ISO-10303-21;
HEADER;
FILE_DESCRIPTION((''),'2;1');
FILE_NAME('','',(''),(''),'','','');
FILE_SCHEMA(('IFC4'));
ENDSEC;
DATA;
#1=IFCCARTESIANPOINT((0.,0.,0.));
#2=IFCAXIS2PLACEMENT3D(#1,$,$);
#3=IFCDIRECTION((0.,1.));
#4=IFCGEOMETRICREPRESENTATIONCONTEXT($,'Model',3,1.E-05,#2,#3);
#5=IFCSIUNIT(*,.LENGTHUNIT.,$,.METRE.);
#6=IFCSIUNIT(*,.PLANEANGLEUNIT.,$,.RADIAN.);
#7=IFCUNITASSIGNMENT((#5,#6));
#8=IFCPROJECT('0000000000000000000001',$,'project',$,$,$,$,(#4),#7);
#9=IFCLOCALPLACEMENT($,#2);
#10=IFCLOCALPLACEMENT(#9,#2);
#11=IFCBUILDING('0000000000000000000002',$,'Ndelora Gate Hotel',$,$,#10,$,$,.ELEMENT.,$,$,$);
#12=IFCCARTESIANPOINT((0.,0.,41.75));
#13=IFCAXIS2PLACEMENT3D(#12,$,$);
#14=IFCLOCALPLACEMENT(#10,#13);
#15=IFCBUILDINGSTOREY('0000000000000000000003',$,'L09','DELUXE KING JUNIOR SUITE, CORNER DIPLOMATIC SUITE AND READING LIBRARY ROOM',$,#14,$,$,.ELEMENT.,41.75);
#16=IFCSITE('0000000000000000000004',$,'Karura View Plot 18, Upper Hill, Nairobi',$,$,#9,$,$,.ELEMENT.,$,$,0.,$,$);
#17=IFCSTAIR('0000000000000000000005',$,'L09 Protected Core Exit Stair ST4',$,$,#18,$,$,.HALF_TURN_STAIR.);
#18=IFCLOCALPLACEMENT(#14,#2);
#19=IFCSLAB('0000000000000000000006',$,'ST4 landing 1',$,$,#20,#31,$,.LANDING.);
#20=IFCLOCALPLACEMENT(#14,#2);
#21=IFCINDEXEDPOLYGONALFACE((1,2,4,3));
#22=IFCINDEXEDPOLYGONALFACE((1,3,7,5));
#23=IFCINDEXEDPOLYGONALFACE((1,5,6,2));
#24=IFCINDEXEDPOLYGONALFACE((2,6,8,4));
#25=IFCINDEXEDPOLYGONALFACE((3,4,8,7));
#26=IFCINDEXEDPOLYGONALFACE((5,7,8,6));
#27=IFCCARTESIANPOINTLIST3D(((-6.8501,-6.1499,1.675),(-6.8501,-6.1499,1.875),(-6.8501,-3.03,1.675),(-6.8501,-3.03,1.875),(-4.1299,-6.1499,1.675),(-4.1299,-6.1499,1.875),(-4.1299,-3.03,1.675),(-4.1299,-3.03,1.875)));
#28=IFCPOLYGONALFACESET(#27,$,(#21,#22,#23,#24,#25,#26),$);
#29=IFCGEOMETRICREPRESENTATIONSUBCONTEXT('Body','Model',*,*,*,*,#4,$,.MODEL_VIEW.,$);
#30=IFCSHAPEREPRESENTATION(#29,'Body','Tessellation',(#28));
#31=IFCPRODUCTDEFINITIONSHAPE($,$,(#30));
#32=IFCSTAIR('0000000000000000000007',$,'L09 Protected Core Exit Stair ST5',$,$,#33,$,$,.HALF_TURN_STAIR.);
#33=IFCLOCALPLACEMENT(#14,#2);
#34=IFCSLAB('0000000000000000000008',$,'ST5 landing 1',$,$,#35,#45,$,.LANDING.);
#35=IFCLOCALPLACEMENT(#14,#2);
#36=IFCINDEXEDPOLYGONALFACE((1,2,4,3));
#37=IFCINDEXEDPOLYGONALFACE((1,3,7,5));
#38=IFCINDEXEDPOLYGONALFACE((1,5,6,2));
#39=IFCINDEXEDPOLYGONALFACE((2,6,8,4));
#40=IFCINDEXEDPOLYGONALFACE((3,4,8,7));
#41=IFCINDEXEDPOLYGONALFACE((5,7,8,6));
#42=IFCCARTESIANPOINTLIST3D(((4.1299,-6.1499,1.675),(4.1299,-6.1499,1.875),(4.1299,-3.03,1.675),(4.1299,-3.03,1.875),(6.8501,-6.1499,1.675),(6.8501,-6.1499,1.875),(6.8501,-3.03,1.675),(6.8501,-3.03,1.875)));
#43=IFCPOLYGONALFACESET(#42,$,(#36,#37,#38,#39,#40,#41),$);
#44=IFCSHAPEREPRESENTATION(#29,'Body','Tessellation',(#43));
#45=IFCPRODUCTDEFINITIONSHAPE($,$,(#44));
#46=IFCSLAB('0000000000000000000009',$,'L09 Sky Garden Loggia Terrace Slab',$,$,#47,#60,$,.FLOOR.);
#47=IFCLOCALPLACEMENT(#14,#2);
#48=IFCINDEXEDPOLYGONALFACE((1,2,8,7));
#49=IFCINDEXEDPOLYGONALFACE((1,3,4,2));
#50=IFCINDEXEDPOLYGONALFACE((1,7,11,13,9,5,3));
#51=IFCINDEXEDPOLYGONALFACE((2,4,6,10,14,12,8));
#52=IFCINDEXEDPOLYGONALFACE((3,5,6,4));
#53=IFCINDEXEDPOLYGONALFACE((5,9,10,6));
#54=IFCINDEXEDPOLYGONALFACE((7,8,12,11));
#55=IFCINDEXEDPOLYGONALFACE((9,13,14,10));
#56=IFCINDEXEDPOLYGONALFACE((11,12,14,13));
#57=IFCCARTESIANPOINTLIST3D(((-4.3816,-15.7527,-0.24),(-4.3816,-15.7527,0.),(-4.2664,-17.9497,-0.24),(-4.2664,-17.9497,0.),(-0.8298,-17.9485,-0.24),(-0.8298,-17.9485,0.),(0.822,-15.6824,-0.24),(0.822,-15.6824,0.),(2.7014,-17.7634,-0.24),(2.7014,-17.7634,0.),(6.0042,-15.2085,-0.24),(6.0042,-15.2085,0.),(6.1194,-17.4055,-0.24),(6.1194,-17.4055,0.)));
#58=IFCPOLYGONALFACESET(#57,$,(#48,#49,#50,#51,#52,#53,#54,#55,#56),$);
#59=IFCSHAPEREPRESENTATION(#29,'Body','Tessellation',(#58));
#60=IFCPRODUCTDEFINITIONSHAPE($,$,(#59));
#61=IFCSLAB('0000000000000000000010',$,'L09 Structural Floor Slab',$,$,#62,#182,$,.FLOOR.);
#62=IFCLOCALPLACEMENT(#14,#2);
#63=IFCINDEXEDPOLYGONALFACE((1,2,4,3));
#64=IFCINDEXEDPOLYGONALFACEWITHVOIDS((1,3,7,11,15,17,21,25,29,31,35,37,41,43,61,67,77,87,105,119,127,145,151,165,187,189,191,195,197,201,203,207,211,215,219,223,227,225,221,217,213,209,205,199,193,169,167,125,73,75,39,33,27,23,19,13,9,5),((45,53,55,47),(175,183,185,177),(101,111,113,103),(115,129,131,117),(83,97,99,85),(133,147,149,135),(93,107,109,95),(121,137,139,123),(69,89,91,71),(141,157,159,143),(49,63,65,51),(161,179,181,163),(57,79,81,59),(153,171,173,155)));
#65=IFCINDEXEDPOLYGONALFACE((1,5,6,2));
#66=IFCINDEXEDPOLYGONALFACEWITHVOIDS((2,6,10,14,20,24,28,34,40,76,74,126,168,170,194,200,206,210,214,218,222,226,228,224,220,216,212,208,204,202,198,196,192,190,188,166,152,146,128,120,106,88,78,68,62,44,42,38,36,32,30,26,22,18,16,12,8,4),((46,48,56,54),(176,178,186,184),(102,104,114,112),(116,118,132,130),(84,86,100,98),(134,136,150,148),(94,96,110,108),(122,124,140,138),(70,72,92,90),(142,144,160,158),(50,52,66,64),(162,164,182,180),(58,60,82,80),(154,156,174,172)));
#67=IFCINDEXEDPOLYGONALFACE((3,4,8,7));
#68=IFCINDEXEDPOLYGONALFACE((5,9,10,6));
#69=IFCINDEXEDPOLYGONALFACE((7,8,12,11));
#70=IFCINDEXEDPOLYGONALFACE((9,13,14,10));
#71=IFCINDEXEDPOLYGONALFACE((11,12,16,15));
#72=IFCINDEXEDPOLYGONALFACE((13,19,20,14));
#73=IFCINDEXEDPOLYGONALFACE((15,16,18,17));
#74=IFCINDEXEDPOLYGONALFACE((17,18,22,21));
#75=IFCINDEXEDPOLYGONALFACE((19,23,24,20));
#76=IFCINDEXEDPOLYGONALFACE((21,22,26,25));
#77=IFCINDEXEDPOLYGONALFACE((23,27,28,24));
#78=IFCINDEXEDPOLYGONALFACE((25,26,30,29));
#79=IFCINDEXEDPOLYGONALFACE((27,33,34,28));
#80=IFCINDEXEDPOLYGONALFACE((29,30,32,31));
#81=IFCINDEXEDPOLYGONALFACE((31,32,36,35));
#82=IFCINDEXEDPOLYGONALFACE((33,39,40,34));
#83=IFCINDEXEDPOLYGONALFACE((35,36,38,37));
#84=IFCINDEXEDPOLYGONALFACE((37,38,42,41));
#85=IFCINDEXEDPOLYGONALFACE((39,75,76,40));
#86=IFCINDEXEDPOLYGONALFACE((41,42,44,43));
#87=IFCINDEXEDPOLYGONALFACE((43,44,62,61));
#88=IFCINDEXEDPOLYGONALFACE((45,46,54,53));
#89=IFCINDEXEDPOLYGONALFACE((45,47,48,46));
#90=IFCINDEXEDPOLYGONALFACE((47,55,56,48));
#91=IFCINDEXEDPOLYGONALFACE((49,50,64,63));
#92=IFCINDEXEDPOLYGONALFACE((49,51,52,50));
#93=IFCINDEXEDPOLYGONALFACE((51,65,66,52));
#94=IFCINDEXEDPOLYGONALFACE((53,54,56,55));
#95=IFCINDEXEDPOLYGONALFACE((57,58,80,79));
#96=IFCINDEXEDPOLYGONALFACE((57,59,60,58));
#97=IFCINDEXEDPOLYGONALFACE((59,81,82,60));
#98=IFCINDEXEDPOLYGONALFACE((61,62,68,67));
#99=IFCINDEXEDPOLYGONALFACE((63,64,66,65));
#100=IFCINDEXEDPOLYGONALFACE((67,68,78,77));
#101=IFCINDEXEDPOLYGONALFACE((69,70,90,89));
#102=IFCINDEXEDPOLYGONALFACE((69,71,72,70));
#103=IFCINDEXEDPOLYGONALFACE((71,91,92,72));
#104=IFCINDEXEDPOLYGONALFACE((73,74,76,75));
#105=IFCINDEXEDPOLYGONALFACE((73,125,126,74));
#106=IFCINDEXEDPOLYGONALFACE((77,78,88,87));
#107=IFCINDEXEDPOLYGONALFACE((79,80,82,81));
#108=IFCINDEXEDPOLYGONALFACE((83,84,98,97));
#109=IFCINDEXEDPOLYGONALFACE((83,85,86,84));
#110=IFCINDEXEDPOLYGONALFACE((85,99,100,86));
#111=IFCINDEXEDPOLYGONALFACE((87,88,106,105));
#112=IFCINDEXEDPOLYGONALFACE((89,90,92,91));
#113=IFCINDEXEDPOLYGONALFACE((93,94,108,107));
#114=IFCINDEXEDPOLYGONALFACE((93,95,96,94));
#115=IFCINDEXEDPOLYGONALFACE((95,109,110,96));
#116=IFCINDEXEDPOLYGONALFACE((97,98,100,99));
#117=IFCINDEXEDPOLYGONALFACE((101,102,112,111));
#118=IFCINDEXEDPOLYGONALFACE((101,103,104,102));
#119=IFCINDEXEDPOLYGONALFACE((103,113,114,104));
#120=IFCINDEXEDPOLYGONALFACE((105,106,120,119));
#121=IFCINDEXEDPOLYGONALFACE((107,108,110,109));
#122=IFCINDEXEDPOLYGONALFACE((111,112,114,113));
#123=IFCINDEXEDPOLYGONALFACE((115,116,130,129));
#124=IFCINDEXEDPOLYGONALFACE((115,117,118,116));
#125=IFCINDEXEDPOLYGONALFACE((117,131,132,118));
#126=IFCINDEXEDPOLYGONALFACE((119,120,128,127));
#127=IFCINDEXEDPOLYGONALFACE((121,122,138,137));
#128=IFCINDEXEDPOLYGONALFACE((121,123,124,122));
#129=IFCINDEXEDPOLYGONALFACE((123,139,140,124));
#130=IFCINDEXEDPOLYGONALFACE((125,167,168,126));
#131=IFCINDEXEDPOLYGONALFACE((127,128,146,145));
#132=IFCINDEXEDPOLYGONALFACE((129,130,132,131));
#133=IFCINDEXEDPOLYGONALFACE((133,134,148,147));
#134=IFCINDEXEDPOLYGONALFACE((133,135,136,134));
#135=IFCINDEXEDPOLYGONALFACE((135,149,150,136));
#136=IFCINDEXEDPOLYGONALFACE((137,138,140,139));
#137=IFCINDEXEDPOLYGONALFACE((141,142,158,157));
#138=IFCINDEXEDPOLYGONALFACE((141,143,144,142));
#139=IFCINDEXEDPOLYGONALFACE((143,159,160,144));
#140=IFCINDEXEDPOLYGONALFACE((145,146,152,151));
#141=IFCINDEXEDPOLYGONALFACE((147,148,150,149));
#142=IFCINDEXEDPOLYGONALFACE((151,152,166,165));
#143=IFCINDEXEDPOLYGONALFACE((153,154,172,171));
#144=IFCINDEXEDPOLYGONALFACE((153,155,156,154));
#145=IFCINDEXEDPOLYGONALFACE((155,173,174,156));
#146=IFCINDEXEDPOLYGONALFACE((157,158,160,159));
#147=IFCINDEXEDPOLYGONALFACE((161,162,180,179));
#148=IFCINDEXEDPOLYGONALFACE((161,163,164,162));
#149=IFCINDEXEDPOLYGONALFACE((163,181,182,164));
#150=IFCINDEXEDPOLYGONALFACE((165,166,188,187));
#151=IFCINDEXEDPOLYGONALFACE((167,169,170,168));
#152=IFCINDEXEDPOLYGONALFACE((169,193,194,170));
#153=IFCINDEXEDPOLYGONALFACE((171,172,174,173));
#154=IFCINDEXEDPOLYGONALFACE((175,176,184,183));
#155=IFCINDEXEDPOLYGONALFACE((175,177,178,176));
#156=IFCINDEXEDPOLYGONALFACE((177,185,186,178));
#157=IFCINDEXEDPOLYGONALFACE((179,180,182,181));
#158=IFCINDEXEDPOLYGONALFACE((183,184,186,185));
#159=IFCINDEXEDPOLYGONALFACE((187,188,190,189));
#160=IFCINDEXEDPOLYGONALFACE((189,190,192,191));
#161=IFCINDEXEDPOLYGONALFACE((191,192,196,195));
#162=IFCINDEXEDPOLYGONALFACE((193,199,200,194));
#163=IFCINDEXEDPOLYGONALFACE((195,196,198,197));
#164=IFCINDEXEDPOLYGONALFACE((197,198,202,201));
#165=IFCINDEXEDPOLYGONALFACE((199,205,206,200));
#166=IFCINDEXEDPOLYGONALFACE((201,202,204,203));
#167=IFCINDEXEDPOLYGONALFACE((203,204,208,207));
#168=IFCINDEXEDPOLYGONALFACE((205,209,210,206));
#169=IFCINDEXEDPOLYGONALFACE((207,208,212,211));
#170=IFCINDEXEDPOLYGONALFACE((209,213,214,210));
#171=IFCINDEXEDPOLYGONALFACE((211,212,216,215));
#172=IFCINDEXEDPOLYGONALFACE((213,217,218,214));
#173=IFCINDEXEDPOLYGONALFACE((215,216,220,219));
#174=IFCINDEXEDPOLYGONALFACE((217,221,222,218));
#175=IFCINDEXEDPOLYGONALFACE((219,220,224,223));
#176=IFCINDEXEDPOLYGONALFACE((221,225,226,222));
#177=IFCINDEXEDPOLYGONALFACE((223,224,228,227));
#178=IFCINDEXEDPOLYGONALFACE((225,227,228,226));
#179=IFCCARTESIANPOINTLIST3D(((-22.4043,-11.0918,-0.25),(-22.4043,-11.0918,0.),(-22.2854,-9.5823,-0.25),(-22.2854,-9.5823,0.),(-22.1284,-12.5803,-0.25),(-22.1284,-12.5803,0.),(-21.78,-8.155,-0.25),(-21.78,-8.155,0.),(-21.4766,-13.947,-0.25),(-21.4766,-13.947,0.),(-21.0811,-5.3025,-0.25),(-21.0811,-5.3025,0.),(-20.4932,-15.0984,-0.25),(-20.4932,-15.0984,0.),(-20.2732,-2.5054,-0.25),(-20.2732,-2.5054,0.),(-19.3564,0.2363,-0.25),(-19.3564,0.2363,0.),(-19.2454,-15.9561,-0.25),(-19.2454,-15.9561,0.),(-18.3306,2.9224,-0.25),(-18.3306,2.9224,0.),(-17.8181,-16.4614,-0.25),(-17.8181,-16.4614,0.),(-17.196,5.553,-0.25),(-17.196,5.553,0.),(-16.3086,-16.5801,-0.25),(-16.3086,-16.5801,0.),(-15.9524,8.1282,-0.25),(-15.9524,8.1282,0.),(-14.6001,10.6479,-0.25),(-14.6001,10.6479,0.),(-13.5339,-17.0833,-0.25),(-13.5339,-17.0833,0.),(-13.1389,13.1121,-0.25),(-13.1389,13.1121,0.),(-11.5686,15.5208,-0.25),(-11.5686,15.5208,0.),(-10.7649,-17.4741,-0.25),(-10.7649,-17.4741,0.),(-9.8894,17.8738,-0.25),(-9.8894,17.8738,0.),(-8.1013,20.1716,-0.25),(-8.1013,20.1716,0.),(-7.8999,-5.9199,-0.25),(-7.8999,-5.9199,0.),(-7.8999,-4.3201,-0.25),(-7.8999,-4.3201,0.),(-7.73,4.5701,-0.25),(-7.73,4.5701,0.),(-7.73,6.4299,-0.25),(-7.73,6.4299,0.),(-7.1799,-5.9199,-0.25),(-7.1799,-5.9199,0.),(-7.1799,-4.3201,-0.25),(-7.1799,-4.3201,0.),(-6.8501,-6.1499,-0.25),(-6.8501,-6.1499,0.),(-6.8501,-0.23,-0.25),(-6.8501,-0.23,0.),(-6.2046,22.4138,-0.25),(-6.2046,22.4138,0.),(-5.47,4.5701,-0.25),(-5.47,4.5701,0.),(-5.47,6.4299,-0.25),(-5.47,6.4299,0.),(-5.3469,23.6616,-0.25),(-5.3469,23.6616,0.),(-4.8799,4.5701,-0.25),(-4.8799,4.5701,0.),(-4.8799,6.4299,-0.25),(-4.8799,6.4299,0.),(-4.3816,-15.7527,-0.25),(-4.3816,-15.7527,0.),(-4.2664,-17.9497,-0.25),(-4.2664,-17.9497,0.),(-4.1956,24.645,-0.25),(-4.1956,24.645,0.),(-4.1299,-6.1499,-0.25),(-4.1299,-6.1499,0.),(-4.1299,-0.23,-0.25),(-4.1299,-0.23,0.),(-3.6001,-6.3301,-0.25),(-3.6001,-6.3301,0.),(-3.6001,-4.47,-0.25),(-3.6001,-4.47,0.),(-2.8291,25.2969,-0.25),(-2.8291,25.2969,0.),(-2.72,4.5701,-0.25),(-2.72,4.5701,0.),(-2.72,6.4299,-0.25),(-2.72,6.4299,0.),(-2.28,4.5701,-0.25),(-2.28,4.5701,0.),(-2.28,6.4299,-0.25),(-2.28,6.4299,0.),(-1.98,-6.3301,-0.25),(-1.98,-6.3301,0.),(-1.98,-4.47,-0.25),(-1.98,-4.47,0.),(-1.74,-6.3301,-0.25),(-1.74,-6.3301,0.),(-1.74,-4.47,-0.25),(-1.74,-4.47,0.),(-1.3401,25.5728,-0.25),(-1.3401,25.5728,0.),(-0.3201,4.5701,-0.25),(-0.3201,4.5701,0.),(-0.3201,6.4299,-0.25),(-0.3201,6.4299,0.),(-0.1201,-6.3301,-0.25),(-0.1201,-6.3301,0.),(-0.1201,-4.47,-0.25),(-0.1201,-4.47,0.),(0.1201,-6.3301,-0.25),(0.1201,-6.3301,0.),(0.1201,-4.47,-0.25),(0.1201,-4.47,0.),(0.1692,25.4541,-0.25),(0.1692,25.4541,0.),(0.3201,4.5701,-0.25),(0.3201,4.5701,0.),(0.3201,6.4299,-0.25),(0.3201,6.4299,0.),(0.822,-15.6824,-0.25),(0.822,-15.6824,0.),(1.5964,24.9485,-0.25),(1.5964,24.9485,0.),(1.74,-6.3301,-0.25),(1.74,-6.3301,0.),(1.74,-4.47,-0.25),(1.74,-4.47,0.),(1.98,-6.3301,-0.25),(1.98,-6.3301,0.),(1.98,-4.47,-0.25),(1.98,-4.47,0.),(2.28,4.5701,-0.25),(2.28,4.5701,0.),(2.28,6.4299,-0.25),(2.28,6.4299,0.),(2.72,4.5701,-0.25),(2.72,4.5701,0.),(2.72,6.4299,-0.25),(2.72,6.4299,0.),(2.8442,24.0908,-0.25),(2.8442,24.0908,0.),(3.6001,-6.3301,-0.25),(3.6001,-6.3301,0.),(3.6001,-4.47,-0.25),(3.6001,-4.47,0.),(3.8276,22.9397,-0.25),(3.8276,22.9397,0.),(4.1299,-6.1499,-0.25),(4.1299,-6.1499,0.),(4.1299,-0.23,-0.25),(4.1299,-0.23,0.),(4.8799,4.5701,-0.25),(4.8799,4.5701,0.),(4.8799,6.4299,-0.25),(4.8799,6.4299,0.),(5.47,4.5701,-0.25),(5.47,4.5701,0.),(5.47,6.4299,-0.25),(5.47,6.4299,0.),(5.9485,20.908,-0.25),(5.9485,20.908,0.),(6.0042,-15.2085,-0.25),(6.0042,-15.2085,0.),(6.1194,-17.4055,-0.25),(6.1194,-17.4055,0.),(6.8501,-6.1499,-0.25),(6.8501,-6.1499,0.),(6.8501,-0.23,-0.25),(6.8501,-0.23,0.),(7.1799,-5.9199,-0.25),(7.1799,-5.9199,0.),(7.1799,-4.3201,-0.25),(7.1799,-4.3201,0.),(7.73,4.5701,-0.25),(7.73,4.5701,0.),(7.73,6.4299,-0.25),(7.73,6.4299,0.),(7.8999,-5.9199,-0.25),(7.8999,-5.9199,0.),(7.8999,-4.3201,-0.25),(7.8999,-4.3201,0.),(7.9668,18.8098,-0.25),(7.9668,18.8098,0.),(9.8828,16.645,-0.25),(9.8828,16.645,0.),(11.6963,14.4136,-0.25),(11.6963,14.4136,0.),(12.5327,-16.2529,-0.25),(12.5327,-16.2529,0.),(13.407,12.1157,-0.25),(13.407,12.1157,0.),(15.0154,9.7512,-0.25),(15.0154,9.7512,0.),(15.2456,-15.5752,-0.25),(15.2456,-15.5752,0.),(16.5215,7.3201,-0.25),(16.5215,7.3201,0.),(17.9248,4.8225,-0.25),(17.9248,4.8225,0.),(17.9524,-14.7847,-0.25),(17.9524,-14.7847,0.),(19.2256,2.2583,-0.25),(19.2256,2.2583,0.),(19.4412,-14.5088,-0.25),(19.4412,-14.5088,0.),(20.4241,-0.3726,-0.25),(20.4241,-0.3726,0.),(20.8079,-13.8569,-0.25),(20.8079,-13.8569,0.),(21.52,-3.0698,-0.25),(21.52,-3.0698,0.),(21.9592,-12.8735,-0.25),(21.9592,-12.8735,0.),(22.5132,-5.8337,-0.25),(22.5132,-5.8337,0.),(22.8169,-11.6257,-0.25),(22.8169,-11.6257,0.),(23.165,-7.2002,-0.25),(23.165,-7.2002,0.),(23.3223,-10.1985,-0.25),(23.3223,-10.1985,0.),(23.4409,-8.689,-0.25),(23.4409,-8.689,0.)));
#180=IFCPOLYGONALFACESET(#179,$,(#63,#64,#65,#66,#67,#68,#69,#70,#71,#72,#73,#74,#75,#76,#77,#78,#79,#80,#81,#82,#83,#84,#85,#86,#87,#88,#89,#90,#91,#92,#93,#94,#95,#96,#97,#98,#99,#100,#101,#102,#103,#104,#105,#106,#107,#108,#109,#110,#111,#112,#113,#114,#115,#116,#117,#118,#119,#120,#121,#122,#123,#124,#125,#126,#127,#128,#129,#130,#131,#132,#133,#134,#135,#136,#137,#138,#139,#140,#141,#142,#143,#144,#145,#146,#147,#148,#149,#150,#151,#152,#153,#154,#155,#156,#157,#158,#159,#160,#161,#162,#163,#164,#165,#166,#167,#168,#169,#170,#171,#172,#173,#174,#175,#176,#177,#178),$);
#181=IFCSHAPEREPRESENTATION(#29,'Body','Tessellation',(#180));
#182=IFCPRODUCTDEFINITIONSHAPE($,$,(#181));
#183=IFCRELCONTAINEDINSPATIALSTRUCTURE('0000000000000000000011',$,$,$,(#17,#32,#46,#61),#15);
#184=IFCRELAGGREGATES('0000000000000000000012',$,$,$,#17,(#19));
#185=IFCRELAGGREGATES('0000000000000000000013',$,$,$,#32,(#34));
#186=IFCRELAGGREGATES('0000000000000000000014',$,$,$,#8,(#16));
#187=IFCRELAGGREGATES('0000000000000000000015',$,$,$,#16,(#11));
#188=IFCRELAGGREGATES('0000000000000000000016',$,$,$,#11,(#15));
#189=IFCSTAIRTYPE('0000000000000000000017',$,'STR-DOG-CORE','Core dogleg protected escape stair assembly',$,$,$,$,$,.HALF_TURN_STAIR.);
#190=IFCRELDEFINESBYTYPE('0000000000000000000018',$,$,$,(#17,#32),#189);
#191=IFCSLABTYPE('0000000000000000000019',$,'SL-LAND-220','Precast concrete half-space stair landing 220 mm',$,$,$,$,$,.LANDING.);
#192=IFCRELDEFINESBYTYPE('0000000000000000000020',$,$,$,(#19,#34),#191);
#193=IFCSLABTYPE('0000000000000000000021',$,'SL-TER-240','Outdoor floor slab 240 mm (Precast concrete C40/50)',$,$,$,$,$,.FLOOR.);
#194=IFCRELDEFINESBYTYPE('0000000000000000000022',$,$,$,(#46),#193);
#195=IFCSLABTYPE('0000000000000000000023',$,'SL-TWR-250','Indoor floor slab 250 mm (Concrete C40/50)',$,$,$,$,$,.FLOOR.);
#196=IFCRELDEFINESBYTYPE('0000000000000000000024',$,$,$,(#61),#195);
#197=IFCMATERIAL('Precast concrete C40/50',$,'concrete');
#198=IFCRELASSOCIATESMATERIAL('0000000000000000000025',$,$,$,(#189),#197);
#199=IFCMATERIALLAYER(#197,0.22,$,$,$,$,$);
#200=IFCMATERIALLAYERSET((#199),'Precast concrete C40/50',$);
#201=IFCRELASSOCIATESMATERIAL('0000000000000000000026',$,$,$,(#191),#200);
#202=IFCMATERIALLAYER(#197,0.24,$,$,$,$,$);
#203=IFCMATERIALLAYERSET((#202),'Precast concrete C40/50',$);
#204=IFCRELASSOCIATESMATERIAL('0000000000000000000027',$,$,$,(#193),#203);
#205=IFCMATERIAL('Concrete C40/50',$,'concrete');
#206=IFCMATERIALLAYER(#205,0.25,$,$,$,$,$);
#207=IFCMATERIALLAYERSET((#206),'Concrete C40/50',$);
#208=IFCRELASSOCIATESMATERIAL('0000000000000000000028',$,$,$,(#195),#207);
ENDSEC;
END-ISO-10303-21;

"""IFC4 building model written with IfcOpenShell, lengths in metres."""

from ifc_helpers import new_model, si_unit, direction, frame, origin, place, context, subcontext, project, spatial, polyline, outline, extrude, material, layer, layer_set, type_object, element, aggregate, save


model = new_model("IFC4")

# Units and contexts
model_context = context("Model", 3, precision=1e-05, world=origin(), true_north=direction((0.0, 1.0)))
body_context = subcontext(model_context, "Body", "Model", "MODEL_VIEW")
ifc_project = project(units=[si_unit("LENGTHUNIT", "METRE"), si_unit("PLANEANGLEUNIT", "RADIAN")], contexts=[model_context])

# Site, building, storey
site_placement = place(None, origin())
site = spatial("IfcSite", under=ifc_project, at=site_placement, Name="Karura View Plot 18, Upper Hill, Nairobi", CompositionType="ELEMENT", RefElevation=0.0)
building_placement = place(site_placement, origin())
building = spatial("IfcBuilding", under=site, at=building_placement, Name="Ndelora Gate Hotel", CompositionType="ELEMENT")
storey_placement = place(building_placement, frame((0.0, 0.0, 41.75)))
storey = spatial("IfcBuildingStorey", under=building, at=storey_placement, Name="L09", Description="DELUXE KING JUNIOR SUITE, CORNER DIPLOMATIC SUITE AND READING LIBRARY ROOM", CompositionType="ELEMENT", Elevation=41.75)

# Stairs, slabs
ifc_material_1 = material(Name="Precast concrete C40/50", Category="concrete")
stair_type = type_object("IfcStairType", Name="STR-DOG-CORE", Description="Core dogleg protected escape stair assembly", PredefinedType="HALF_TURN_STAIR", material=ifc_material_1)
stair_1_placement = place(storey_placement, origin())
stair_1 = element("IfcStair", 1, at=stair_1_placement, inside=storey, type_object=stair_type, Name="L09 Protected Core Exit Stair ST4", PredefinedType="HALF_TURN_STAIR")
ifc_layer_1 = layer(ifc_material_1, 0.22)
ifc_layer_set_1 = layer_set([ifc_layer_1], Name="Precast concrete C40/50")
slab_type_1 = type_object("IfcSlabType", Name="SL-LAND-220", Description="Precast concrete half-space stair landing 220 mm", PredefinedType="LANDING", material=ifc_layer_set_1)
slab_1_placement = place(storey_placement, frame((0.0, 0.0, 1.675)))
slab_1 = element("IfcSlab", 2, at=slab_1_placement, type_object=slab_type_1, Name="ST4 landing 1", PredefinedType="LANDING", context=body_context, shape_type="SweptSolid", body=[
    extrude(outline(polyline([(-6.8501, -3.03), (-6.8501, -6.1499), (-4.1299, -6.1499), (-4.1299, -3.03), (-6.8501, -3.03)])), origin(), (0.0, 0.0, 1.0), 0.2),
])
aggregate(stair_1, [slab_1])
stair_2_placement = place(storey_placement, origin())
stair_2 = element("IfcStair", 3, at=stair_2_placement, inside=storey, type_object=stair_type, Name="L09 Protected Core Exit Stair ST5", PredefinedType="HALF_TURN_STAIR")
slab_2_placement = place(storey_placement, frame((0.0, 0.0, 1.675)))
slab_2 = element("IfcSlab", 4, at=slab_2_placement, type_object=slab_type_1, Name="ST5 landing 1", PredefinedType="LANDING", context=body_context, shape_type="SweptSolid", body=[
    extrude(outline(polyline([(4.1299, -3.03), (4.1299, -6.1499), (6.8501, -6.1499), (6.8501, -3.03), (4.1299, -3.03)])), origin(), (0.0, 0.0, 1.0), 0.2),
])

# Slabs
ifc_layer_2 = layer(ifc_material_1, 0.24)
ifc_layer_set_2 = layer_set([ifc_layer_2], Name="Precast concrete C40/50")
slab_type_2 = type_object("IfcSlabType", Name="SL-TER-240", Description="Outdoor floor slab 240 mm (Precast concrete C40/50)", PredefinedType="FLOOR", material=ifc_layer_set_2)
slab_3_placement = place(storey_placement, frame((0.0, 0.0, -0.24)))
element("IfcSlab", 5, at=slab_3_placement, inside=storey, type_object=slab_type_2, Name="L09 Sky Garden Loggia Terrace Slab", PredefinedType="FLOOR", context=body_context, shape_type="SweptSolid", body=[
    extrude(outline(polyline([(-4.3816, -15.7527), (-4.2664, -17.9497), (-0.8298, -17.9485), (2.7014, -17.7634), (6.1194, -17.4055), (6.0042, -15.2085), (0.822, -15.6824), (-4.3816, -15.7527)])), origin(), (0.0, 0.0, 1.0), 0.24),
])
ifc_material_2 = material(Name="Concrete C40/50", Category="concrete")
ifc_layer_3 = layer(ifc_material_2, 0.25)
ifc_layer_set_3 = layer_set([ifc_layer_3], Name="Concrete C40/50")
slab_type_3 = type_object("IfcSlabType", Name="SL-TWR-250", Description="Indoor floor slab 250 mm (Concrete C40/50)", PredefinedType="FLOOR", material=ifc_layer_set_3)
slab_4_placement = place(storey_placement, frame((0.0, 0.0, -0.25)))
element("IfcSlab", 6, at=slab_4_placement, inside=storey, type_object=slab_type_3, Name="L09 Structural Floor Slab", PredefinedType="FLOOR", context=body_context, shape_type="SweptSolid", body=[
    extrude(outline(polyline([(3.8276, 22.9397), (2.8442, 24.0908), (1.5964, 24.9485), (0.1692, 25.4541), (-1.3401, 25.5728), (-2.8291, 25.2969), (-4.1956, 24.645), (-5.3469, 23.6616), (-6.2046, 22.4138), (-8.1013, 20.1716), (-9.8894, 17.8738), (-11.5686, 15.5208), (-13.1389, 13.1121), (-14.6001, 10.6479), (-15.9524, 8.1282), (-17.196, 5.553), (-18.3306, 2.9224), (-19.3564, 0.2363), (-20.2732, -2.5054), (-21.0811, -5.3025), (-21.78, -8.155), (-22.2854, -9.5823), (-22.4043, -11.0918), (-22.1284, -12.5803), (-21.4766, -13.947), (-20.4932, -15.0984), (-19.2454, -15.9561), (-17.8181, -16.4614), (-16.3086, -16.5801), (-13.5339, -17.0833), (-10.7649, -17.4741), (-4.2664, -17.9497), (-4.3816, -15.7527), (0.822, -15.6824), (6.0042, -15.2085), (6.1194, -17.4055), (12.5327, -16.2529), (15.2456, -15.5752), (17.9524, -14.7847), (19.4412, -14.5088), (20.8079, -13.8569), (21.9592, -12.8735), (22.8169, -11.6257), (23.3223, -10.1985), (23.4409, -8.689), (23.165, -7.2002), (22.5132, -5.8337), (21.52, -3.0698), (20.4241, -0.3726), (19.2256, 2.2583), (17.9248, 4.8225), (16.5215, 7.3201), (15.0154, 9.7512), (13.407, 12.1157), (11.6963, 14.4136), (9.8828, 16.645), (7.9668, 18.8098), (5.9485, 20.908), (3.8276, 22.9397)]), holes=[polyline([(-6.8501, -0.23), (-6.8501, -6.1499), (-4.1299, -6.1499), (-4.1299, -0.23), (-6.8501, -0.23)]), polyline([(4.1299, -0.23), (4.1299, -6.1499), (6.8501, -6.1499), (6.8501, -0.23), (4.1299, -0.23)]), polyline([(-7.73, 4.5701), (-5.47, 4.5701), (-5.47, 6.4299), (-7.73, 6.4299), (-7.73, 4.5701)]), polyline([(5.47, 4.5701), (7.73, 4.5701), (7.73, 6.4299), (5.47, 6.4299), (5.47, 4.5701)]), polyline([(-4.8799, 4.5701), (-2.72, 4.5701), (-2.72, 6.4299), (-4.8799, 6.4299), (-4.8799, 4.5701)]), polyline([(2.72, 4.5701), (4.8799, 4.5701), (4.8799, 6.4299), (2.72, 6.4299), (2.72, 4.5701)]), polyline([(-3.6001, -6.3301), (-1.98, -6.3301), (-1.98, -4.47), (-3.6001, -4.47), (-3.6001, -6.3301)]), polyline([(-1.74, -6.3301), (-0.1201, -6.3301), (-0.1201, -4.47), (-1.74, -4.47), (-1.74, -6.3301)]), polyline([(0.1201, -6.3301), (1.74, -6.3301), (1.74, -4.47), (0.1201, -4.47), (0.1201, -6.3301)]), polyline([(1.98, -6.3301), (3.6001, -6.3301), (3.6001, -4.47), (1.98, -4.47), (1.98, -6.3301)]), polyline([(-2.28, 4.5701), (-0.3201, 4.5701), (-0.3201, 6.4299), (-2.28, 6.4299), (-2.28, 4.5701)]), polyline([(0.3201, 4.5701), (2.28, 4.5701), (2.28, 6.4299), (0.3201, 6.4299), (0.3201, 4.5701)]), polyline([(-7.8999, -5.9199), (-7.1799, -5.9199), (-7.1799, -4.3201), (-7.8999, -4.3201), (-7.8999, -5.9199)]), polyline([(7.1799, -5.9199), (7.8999, -5.9199), (7.8999, -4.3201), (7.1799, -4.3201), (7.1799, -5.9199)])]), origin(), (0.0, 0.0, 1.0), 0.25),
])

aggregate(stair_2, [slab_2])

save(model, "model.ifc")
